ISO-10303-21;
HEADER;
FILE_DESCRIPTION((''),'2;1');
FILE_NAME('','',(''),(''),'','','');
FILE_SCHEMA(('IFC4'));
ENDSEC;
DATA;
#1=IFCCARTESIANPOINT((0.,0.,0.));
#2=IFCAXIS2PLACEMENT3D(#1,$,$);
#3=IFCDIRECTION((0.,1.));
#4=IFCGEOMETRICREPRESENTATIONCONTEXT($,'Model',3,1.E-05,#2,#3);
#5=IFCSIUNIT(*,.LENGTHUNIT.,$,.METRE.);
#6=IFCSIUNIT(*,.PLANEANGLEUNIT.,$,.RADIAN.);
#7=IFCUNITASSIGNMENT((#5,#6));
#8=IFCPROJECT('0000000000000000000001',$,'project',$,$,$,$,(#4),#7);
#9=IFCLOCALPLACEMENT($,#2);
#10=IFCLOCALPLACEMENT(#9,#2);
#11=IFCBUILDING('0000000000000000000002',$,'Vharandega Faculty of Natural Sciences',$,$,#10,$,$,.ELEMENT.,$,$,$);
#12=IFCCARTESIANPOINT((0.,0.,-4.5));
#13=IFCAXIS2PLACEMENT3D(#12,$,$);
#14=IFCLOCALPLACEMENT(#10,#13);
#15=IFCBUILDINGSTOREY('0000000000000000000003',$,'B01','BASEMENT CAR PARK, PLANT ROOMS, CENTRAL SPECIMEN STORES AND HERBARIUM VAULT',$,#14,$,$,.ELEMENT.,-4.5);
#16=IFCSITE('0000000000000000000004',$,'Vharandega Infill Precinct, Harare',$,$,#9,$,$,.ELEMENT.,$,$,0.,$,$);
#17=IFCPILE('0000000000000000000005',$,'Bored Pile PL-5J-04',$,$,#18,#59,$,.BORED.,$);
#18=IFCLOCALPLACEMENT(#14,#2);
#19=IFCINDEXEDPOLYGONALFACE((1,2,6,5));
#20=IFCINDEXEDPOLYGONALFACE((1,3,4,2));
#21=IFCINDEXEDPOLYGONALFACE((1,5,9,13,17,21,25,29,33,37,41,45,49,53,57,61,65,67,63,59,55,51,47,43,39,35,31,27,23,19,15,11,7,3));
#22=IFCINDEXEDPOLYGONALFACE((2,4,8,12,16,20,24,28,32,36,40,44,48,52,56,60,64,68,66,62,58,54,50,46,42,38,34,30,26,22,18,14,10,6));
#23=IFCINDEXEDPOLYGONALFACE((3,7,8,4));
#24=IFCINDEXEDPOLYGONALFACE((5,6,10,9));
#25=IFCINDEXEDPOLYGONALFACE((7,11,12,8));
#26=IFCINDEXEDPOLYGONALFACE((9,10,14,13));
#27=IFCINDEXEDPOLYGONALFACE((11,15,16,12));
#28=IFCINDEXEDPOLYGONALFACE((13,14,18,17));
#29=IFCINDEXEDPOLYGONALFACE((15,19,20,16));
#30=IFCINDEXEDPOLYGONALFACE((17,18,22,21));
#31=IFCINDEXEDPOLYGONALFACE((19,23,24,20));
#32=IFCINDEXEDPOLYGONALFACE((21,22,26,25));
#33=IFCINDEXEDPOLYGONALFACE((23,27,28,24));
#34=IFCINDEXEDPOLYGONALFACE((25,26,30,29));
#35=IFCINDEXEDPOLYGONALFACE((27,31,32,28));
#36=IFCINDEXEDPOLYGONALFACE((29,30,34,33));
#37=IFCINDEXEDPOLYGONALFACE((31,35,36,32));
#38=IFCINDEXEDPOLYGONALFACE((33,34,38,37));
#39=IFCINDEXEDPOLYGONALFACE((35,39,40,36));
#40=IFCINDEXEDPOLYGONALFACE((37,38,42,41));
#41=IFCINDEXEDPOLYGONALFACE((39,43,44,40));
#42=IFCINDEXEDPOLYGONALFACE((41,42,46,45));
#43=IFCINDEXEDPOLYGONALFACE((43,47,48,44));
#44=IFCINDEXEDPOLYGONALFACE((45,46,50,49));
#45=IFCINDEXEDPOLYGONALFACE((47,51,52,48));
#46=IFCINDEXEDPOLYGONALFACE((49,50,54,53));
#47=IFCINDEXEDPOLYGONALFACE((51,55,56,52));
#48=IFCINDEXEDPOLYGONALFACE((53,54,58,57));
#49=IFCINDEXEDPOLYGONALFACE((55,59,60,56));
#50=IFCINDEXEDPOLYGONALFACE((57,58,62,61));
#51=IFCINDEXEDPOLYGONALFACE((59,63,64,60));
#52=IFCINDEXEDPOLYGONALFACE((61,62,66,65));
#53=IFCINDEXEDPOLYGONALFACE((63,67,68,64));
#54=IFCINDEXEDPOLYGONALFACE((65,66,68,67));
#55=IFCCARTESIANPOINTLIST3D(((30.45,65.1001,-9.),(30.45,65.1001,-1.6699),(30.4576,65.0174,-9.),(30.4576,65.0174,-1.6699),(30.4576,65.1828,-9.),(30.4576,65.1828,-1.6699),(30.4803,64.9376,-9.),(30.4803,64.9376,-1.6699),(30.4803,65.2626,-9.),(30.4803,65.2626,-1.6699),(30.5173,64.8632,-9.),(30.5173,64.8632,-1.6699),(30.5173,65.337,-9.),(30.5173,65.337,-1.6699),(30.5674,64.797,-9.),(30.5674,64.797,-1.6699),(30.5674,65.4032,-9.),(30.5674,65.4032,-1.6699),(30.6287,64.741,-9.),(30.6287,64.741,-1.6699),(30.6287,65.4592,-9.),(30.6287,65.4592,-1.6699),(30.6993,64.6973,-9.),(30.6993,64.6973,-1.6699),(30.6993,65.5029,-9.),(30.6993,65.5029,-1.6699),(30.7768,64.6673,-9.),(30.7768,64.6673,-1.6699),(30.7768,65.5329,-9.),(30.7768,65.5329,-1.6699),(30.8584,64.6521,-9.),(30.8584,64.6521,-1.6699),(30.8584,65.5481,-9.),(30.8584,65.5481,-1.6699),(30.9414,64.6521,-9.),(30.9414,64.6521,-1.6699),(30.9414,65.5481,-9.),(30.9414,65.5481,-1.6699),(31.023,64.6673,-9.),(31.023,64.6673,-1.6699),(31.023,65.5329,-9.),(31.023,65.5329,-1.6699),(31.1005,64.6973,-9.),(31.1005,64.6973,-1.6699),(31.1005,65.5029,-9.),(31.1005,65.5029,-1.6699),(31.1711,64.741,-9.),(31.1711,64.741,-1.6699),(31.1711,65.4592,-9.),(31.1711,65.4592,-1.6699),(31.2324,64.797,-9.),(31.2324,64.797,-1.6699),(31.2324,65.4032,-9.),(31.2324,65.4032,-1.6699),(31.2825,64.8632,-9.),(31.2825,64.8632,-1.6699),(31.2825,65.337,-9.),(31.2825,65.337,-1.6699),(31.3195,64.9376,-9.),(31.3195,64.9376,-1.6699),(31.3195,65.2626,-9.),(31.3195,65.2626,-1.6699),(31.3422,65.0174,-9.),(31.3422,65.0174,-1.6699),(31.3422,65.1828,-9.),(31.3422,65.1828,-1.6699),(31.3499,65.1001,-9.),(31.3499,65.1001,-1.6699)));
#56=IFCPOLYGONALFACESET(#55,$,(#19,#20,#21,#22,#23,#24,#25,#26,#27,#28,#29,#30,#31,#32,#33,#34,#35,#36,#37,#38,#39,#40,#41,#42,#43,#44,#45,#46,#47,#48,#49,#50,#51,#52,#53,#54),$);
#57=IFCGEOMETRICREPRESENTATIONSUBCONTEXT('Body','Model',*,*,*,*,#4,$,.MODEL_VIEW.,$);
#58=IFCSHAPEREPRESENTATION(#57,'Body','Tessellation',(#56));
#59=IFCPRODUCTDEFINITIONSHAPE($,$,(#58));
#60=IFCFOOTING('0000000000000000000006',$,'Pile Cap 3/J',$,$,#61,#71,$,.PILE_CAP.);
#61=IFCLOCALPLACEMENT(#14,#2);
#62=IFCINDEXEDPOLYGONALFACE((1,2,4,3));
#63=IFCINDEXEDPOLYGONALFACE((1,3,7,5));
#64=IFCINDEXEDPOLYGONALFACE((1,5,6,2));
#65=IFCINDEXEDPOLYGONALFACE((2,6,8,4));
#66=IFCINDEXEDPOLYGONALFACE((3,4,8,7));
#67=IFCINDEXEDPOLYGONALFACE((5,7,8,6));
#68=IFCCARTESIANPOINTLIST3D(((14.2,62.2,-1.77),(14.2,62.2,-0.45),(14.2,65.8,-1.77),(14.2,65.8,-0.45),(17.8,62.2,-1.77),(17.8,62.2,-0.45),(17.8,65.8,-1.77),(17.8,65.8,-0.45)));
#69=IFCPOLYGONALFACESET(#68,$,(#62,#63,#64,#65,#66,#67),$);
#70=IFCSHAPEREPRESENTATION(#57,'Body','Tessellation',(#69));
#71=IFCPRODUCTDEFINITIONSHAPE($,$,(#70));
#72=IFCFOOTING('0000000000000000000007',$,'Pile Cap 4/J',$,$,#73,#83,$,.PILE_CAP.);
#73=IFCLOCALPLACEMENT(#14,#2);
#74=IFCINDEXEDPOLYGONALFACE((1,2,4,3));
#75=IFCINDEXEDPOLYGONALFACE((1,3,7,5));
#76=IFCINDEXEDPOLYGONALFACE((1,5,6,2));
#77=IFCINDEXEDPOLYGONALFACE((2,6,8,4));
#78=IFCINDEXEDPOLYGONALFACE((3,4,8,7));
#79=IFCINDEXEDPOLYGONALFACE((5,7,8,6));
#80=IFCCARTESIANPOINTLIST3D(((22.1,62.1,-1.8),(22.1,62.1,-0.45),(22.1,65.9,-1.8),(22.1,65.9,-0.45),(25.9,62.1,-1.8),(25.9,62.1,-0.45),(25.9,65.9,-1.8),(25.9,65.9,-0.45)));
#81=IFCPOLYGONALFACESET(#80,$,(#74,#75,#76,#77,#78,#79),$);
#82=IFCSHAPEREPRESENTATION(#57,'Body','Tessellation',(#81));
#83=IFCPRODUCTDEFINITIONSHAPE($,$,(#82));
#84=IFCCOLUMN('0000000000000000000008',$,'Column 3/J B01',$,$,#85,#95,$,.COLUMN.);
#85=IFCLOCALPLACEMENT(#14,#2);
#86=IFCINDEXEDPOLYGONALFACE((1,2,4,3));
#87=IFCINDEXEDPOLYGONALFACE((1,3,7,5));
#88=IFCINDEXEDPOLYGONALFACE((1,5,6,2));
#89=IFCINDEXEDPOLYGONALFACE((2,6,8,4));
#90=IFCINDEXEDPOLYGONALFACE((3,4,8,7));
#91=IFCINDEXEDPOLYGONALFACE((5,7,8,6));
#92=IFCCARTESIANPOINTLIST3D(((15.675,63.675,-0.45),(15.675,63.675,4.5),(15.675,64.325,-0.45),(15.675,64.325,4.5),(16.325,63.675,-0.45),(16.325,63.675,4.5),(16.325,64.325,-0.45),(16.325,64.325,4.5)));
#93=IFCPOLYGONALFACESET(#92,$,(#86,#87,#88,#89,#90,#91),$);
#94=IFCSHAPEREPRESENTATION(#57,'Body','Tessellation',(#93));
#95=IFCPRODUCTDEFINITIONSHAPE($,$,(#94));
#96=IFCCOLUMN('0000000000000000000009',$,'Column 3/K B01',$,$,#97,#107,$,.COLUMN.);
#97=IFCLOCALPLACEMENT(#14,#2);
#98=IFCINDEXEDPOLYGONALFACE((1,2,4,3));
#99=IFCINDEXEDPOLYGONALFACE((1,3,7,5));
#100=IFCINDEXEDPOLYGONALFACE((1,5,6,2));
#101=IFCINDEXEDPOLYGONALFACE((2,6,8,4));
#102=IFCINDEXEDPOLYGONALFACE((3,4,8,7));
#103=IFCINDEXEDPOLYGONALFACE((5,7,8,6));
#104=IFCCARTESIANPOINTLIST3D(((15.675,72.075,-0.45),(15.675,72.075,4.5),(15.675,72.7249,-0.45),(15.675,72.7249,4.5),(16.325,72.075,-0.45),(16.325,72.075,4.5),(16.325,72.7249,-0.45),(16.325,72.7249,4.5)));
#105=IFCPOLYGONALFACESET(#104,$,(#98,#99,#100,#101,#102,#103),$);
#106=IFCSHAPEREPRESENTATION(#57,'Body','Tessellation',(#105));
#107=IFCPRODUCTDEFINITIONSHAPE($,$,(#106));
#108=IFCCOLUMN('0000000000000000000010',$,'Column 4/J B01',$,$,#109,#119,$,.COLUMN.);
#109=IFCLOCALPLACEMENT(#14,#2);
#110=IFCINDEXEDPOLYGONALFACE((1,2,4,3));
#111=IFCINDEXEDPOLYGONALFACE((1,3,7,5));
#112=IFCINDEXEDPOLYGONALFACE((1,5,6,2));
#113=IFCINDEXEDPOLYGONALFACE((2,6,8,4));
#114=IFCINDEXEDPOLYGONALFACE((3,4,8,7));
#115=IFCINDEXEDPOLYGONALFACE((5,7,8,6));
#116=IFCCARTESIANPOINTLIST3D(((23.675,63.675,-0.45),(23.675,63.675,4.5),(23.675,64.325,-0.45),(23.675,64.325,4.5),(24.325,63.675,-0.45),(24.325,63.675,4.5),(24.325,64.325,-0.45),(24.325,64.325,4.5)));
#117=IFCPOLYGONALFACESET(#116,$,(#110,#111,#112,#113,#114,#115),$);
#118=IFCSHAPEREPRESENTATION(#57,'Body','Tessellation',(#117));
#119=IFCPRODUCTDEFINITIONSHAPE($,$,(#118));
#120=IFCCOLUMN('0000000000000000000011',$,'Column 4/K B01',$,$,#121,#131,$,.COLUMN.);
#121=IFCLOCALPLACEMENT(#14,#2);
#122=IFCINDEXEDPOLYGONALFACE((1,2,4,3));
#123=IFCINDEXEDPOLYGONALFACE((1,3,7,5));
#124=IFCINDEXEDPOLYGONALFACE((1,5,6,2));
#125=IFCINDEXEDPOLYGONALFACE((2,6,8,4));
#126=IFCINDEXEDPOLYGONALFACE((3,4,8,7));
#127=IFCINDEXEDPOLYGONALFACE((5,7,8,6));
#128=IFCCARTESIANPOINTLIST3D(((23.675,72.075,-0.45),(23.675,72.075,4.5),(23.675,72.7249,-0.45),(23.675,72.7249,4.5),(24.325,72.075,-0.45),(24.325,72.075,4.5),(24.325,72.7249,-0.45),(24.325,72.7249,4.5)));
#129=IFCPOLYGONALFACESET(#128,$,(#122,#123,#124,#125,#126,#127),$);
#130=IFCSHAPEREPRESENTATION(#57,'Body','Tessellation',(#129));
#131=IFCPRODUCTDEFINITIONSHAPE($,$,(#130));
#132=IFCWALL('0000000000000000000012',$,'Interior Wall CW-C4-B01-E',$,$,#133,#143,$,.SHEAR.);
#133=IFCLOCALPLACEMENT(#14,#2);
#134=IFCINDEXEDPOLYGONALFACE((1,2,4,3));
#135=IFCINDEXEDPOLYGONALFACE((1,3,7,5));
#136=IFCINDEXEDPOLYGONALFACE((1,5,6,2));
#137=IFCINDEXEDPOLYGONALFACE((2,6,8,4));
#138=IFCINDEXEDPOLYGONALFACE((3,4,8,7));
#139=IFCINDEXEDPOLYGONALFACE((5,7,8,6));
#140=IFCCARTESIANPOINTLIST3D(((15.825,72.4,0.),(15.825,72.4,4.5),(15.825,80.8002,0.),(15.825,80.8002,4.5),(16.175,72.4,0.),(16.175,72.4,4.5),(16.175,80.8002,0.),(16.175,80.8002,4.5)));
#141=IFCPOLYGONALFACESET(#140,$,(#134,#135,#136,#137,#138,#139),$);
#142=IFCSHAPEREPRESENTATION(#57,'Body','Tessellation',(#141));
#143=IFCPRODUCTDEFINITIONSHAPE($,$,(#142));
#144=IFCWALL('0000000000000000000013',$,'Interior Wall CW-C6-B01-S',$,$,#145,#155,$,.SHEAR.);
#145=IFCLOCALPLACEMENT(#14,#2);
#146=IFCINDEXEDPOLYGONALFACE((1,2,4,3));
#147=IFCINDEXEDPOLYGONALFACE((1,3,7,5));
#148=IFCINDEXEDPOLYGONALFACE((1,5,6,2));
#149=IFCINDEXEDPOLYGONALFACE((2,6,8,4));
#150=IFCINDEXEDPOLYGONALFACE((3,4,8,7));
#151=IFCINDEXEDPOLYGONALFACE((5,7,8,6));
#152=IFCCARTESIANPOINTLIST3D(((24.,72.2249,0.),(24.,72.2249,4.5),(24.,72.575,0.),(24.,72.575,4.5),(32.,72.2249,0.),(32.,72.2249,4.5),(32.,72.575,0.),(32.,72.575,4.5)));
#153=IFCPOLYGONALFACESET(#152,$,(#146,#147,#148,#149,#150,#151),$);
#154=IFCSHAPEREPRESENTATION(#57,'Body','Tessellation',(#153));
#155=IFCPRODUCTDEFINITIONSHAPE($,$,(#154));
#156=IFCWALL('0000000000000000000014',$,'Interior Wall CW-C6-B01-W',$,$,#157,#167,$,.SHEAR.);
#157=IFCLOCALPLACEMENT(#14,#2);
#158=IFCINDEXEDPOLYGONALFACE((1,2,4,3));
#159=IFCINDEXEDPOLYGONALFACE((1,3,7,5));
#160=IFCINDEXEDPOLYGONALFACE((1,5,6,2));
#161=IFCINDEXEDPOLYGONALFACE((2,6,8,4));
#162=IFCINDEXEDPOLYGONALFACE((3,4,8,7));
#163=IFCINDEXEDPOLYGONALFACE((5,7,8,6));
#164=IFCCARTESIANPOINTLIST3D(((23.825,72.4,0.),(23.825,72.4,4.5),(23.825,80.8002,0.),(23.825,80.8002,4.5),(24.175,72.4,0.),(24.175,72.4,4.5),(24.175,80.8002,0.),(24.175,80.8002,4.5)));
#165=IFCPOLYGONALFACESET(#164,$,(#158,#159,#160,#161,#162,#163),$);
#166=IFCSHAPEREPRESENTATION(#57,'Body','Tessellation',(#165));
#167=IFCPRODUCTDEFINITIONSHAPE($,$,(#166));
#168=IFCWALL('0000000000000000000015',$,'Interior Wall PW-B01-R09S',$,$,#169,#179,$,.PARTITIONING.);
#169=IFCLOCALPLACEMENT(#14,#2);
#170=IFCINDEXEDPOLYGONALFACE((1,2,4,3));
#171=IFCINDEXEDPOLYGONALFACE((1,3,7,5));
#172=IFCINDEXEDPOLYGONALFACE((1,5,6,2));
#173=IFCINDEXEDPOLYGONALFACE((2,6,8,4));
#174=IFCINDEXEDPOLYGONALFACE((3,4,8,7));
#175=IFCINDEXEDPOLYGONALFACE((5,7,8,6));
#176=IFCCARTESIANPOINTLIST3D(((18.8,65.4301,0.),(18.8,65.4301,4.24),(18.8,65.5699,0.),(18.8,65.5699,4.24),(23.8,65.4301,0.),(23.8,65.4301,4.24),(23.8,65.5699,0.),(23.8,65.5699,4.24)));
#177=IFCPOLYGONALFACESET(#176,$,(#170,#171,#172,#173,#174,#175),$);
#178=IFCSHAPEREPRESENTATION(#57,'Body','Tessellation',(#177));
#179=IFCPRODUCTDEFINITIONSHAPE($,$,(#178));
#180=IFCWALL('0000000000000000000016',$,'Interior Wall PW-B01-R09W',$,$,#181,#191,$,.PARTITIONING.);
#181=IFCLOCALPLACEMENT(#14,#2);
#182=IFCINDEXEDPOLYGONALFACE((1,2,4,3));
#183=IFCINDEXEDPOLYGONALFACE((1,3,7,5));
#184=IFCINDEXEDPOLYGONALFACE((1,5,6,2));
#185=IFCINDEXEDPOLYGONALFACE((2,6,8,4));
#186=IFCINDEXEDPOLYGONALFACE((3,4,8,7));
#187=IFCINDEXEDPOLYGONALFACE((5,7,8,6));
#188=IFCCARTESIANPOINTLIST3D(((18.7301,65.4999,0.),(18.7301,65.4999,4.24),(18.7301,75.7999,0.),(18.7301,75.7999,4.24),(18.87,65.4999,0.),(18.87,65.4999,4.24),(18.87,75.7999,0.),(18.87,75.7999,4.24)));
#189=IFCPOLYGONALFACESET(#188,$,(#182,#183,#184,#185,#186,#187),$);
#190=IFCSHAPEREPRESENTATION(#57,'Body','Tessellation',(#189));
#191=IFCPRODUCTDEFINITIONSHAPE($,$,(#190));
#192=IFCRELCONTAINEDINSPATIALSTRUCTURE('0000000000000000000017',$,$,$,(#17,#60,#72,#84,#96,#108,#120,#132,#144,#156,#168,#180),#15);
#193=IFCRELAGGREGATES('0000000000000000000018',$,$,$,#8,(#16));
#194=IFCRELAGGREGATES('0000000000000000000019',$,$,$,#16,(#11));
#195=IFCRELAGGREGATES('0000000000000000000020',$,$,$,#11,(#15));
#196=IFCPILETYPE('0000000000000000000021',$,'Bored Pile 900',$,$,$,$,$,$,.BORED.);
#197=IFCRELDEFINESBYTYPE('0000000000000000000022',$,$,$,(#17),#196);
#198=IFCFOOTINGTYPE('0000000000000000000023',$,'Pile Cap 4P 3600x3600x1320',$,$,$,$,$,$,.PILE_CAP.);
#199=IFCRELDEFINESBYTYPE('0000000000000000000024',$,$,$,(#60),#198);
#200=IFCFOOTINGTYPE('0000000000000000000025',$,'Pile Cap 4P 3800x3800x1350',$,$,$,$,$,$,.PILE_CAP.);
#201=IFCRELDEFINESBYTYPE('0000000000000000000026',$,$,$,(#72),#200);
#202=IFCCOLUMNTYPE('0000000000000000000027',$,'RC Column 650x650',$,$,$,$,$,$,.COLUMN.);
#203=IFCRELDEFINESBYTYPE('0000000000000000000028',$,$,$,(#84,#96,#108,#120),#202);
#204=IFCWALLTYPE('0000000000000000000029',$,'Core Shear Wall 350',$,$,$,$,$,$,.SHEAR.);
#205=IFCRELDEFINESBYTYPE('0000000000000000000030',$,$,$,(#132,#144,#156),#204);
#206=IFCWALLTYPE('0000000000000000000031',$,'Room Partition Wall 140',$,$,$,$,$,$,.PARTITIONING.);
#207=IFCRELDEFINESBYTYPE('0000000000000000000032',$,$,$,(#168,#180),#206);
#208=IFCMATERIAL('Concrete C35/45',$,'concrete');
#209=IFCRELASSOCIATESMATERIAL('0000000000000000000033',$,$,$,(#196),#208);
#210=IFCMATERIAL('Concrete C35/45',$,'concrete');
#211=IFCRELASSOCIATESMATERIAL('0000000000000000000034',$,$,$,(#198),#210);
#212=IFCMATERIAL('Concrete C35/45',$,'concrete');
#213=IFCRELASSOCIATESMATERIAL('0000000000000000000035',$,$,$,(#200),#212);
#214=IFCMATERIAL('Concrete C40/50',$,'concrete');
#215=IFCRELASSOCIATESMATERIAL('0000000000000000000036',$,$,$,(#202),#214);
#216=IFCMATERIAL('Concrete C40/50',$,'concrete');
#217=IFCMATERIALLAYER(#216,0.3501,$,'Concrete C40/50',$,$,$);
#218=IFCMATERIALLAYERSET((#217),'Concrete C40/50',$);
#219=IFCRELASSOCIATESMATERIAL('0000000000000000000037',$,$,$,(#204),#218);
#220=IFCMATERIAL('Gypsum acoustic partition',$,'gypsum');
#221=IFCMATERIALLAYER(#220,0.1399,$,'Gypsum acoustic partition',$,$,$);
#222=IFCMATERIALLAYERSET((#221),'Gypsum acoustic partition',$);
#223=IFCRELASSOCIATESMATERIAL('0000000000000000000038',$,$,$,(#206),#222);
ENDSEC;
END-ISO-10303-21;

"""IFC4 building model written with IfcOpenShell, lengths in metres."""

from ifc_helpers import new_model, si_unit, direction, frame, frame_2d, origin, origin_2d, place, context, subcontext, project, spatial, rectangle, circle, extrude, material, layer, layer_set, material_profile, profile_set, type_object, element, save


model = new_model("IFC4")

# Units and contexts
model_context = context("Model", 3, precision=1e-05, world=origin(), true_north=direction((0.0, 1.0)))
body_context = subcontext(model_context, "Body", "Model", "MODEL_VIEW")
ifc_project = project(units=[si_unit("LENGTHUNIT", "METRE"), si_unit("PLANEANGLEUNIT", "RADIAN")], contexts=[model_context])

# Site, building, storey
site_placement = place(None, origin())
site = spatial("IfcSite", under=ifc_project, at=site_placement, Name="Vharandega Infill Precinct, Harare", CompositionType="ELEMENT", RefElevation=0.0)
building_placement = place(site_placement, origin())
building = spatial("IfcBuilding", under=site, at=building_placement, Name="Vharandega Faculty of Natural Sciences", CompositionType="ELEMENT")
storey_placement = place(building_placement, frame((0.0, 0.0, -4.5)))
storey = spatial("IfcBuildingStorey", under=building, at=storey_placement, Name="B01", Description="BASEMENT CAR PARK, PLANT ROOMS, CENTRAL SPECIMEN STORES AND HERBARIUM VAULT", CompositionType="ELEMENT", Elevation=-4.5)

# Pile
ifc_material_1 = material(Name="Concrete C35/45", Category="concrete")
ifc_material_profile_1 = material_profile(ifc_material_1, circle(Radius=0.45, at=origin_2d()), Name="PILE 900")
ifc_profile_set_1 = profile_set([ifc_material_profile_1], Name="Concrete C35/45")
pile_type = type_object("IfcPileType", Name="Bored Pile 900", PredefinedType="BORED", material=ifc_profile_set_1)
for number, where, z_axis, x_axis, name in (
    (1, (30.8999, 65.1001, -1.6699), (0.0, 0.0, -1.0), (1.0, 0.0, 0.0), "Bored Pile PL-5J-04"),
):
    element("IfcPile", number, at=place(storey_placement, frame(where, z_axis=z_axis, x_axis=x_axis)), inside=storey, type_object=pile_type, Name=name, PredefinedType="BORED", context=body_context, shape_type="SweptSolid", body=[
        extrude(circle(Radius=0.45, at=origin_2d()), origin(), (0.0, 0.0, 1.0), 7.3301),
    ])

# Footings
ifc_material_2 = material(Name="Concrete C35/45", Category="concrete")
footing_type_1 = type_object("IfcFootingType", Name="Pile Cap 4P 3600x3600x1320", PredefinedType="PILE_CAP", material=ifc_material_2)
footing_1_placement = place(storey_placement, frame((16.0, 64.0, -1.77), z_axis=(0.0, 0.0, 1.0), x_axis=(1.0, 0.0, 0.0)))
element("IfcFooting", 2, at=footing_1_placement, inside=storey, type_object=footing_type_1, Name="Pile Cap 3/J", PredefinedType="PILE_CAP", context=body_context, shape_type="SweptSolid", body=[
    extrude(rectangle(XDim=3.6001, YDim=3.6001, at=origin_2d()), origin(), (0.0, 0.0, 1.0), 1.3201),
])
ifc_material_3 = material(Name="Concrete C35/45", Category="concrete")
footing_type_2 = type_object("IfcFootingType", Name="Pile Cap 4P 3800x3800x1350", PredefinedType="PILE_CAP", material=ifc_material_3)
footing_2_placement = place(storey_placement, frame((24.0, 64.0, -1.8), z_axis=(0.0, 0.0, 1.0), x_axis=(1.0, 0.0, 0.0)))
element("IfcFooting", 3, at=footing_2_placement, inside=storey, type_object=footing_type_2, Name="Pile Cap 4/J", PredefinedType="PILE_CAP", context=body_context, shape_type="SweptSolid", body=[
    extrude(rectangle(XDim=3.8, YDim=3.8, at=origin_2d()), origin(), (0.0, 0.0, 1.0), 1.3501),
])

# Columns
ifc_material_4 = material(Name="Concrete C40/50", Category="concrete")
ifc_material_profile_2 = material_profile(ifc_material_4, rectangle(XDim=0.6499, YDim=0.6499, at=origin_2d()), Name="RC 650x650")
ifc_profile_set_2 = profile_set([ifc_material_profile_2], Name="Concrete C40/50")
column_type = type_object("IfcColumnType", Name="RC Column 650x650", PredefinedType="COLUMN", material=ifc_profile_set_2)
for number, where, z_axis, x_axis, name in (
    (4, (16.0, 64.0, -0.45), (0.0, 0.0, 1.0), (1.0, 0.0, 0.0), "Column 3/J B01"),
    (5, (16.0, 72.3999, -0.45), (0.0, 0.0, 1.0), (1.0, 0.0, 0.0), "Column 3/K B01"),
    (6, (24.0, 64.0, -0.45), (0.0, 0.0, 1.0), (1.0, 0.0, 0.0), "Column 4/J B01"),
    (7, (24.0, 72.3999, -0.45), (0.0, 0.0, 1.0), (1.0, 0.0, 0.0), "Column 4/K B01"),
):
    element("IfcColumn", number, at=place(storey_placement, frame(where, z_axis=z_axis, x_axis=x_axis)), inside=storey, type_object=column_type, Name=name, PredefinedType="COLUMN", context=body_context, shape_type="SweptSolid", body=[
        extrude(rectangle(XDim=0.6499, YDim=0.6499, at=origin_2d()), origin(), (0.0, 0.0, 1.0), 4.95),
    ])

# Walls
ifc_material_5 = material(Name="Concrete C40/50", Category="concrete")
ifc_layer_1 = layer(ifc_material_5, 0.3501, Name="Concrete C40/50")
ifc_layer_set_1 = layer_set([ifc_layer_1], Name="Concrete C40/50")
wall_type_1 = type_object("IfcWallType", Name="Core Shear Wall 350", PredefinedType="SHEAR", material=ifc_layer_set_1)
wall_1_placement = place(storey_placement, frame((16.0, 72.3999, 0.0), z_axis=(0.0, 0.0, 1.0), x_axis=(0.0, 1.0, 0.0)))
element("IfcWall", 8, at=wall_1_placement, inside=storey, type_object=wall_type_1, Name="Interior Wall CW-C4-B01-E", PredefinedType="SHEAR", context=body_context, shape_type="SweptSolid", body=[
    extrude(rectangle(XDim=8.4001, YDim=0.3501, at=frame_2d((4.2002, 0.0))), origin(), (0.0, 0.0, 1.0), 4.5),
])
wall_2_placement = place(storey_placement, frame((24.0, 72.3999, 0.0), z_axis=(0.0, 0.0, 1.0), x_axis=(1.0, 0.0, 0.0)))
element("IfcWall", 9, at=wall_2_placement, inside=storey, type_object=wall_type_1, Name="Interior Wall CW-C6-B01-S", PredefinedType="SHEAR", context=body_context, shape_type="SweptSolid", body=[
    extrude(rectangle(XDim=8.0, YDim=0.3501, at=frame_2d((4.0, 0.0))), origin(), (0.0, 0.0, 1.0), 4.5),
])
wall_3_placement = place(storey_placement, frame((24.0, 72.3999, 0.0), z_axis=(0.0, 0.0, 1.0), x_axis=(0.0, 1.0, 0.0)))
element("IfcWall", 10, at=wall_3_placement, inside=storey, type_object=wall_type_1, Name="Interior Wall CW-C6-B01-W", PredefinedType="SHEAR", context=body_context, shape_type="SweptSolid", body=[
    extrude(rectangle(XDim=8.4001, YDim=0.3501, at=frame_2d((4.2002, 0.0))), origin(), (0.0, 0.0, 1.0), 4.5),
])
ifc_material_6 = material(Name="Gypsum acoustic partition", Category="gypsum")
ifc_layer_2 = layer(ifc_material_6, 0.1399, Name="Gypsum acoustic partition")
ifc_layer_set_2 = layer_set([ifc_layer_2], Name="Gypsum acoustic partition")
wall_type_2 = type_object("IfcWallType", Name="Room Partition Wall 140", PredefinedType="PARTITIONING", material=ifc_layer_set_2)
wall_4_placement = place(storey_placement, frame((18.8, 65.5, 0.0), z_axis=(0.0, 0.0, 1.0), x_axis=(1.0, 0.0, 0.0)))
element("IfcWall", 11, at=wall_4_placement, inside=storey, type_object=wall_type_2, Name="Interior Wall PW-B01-R09S", PredefinedType="PARTITIONING", context=body_context, shape_type="SweptSolid", body=[
    extrude(rectangle(XDim=5.0, YDim=0.1399, at=frame_2d((2.5, 0.0))), origin(), (0.0, 0.0, 1.0), 4.24),
])
wall_5_placement = place(storey_placement, frame((18.8, 65.5, 0.0), z_axis=(0.0, 0.0, 1.0), x_axis=(0.0, 1.0, 0.0)))
element("IfcWall", 12, at=wall_5_placement, inside=storey, type_object=wall_type_2, Name="Interior Wall PW-B01-R09W", PredefinedType="PARTITIONING", context=body_context, shape_type="SweptSolid", body=[
    extrude(rectangle(XDim=10.3, YDim=0.1399, at=frame_2d((5.1499, 0.0))), origin(), (0.0, 0.0, 1.0), 4.24),
])

save(model, "model.ifc")
